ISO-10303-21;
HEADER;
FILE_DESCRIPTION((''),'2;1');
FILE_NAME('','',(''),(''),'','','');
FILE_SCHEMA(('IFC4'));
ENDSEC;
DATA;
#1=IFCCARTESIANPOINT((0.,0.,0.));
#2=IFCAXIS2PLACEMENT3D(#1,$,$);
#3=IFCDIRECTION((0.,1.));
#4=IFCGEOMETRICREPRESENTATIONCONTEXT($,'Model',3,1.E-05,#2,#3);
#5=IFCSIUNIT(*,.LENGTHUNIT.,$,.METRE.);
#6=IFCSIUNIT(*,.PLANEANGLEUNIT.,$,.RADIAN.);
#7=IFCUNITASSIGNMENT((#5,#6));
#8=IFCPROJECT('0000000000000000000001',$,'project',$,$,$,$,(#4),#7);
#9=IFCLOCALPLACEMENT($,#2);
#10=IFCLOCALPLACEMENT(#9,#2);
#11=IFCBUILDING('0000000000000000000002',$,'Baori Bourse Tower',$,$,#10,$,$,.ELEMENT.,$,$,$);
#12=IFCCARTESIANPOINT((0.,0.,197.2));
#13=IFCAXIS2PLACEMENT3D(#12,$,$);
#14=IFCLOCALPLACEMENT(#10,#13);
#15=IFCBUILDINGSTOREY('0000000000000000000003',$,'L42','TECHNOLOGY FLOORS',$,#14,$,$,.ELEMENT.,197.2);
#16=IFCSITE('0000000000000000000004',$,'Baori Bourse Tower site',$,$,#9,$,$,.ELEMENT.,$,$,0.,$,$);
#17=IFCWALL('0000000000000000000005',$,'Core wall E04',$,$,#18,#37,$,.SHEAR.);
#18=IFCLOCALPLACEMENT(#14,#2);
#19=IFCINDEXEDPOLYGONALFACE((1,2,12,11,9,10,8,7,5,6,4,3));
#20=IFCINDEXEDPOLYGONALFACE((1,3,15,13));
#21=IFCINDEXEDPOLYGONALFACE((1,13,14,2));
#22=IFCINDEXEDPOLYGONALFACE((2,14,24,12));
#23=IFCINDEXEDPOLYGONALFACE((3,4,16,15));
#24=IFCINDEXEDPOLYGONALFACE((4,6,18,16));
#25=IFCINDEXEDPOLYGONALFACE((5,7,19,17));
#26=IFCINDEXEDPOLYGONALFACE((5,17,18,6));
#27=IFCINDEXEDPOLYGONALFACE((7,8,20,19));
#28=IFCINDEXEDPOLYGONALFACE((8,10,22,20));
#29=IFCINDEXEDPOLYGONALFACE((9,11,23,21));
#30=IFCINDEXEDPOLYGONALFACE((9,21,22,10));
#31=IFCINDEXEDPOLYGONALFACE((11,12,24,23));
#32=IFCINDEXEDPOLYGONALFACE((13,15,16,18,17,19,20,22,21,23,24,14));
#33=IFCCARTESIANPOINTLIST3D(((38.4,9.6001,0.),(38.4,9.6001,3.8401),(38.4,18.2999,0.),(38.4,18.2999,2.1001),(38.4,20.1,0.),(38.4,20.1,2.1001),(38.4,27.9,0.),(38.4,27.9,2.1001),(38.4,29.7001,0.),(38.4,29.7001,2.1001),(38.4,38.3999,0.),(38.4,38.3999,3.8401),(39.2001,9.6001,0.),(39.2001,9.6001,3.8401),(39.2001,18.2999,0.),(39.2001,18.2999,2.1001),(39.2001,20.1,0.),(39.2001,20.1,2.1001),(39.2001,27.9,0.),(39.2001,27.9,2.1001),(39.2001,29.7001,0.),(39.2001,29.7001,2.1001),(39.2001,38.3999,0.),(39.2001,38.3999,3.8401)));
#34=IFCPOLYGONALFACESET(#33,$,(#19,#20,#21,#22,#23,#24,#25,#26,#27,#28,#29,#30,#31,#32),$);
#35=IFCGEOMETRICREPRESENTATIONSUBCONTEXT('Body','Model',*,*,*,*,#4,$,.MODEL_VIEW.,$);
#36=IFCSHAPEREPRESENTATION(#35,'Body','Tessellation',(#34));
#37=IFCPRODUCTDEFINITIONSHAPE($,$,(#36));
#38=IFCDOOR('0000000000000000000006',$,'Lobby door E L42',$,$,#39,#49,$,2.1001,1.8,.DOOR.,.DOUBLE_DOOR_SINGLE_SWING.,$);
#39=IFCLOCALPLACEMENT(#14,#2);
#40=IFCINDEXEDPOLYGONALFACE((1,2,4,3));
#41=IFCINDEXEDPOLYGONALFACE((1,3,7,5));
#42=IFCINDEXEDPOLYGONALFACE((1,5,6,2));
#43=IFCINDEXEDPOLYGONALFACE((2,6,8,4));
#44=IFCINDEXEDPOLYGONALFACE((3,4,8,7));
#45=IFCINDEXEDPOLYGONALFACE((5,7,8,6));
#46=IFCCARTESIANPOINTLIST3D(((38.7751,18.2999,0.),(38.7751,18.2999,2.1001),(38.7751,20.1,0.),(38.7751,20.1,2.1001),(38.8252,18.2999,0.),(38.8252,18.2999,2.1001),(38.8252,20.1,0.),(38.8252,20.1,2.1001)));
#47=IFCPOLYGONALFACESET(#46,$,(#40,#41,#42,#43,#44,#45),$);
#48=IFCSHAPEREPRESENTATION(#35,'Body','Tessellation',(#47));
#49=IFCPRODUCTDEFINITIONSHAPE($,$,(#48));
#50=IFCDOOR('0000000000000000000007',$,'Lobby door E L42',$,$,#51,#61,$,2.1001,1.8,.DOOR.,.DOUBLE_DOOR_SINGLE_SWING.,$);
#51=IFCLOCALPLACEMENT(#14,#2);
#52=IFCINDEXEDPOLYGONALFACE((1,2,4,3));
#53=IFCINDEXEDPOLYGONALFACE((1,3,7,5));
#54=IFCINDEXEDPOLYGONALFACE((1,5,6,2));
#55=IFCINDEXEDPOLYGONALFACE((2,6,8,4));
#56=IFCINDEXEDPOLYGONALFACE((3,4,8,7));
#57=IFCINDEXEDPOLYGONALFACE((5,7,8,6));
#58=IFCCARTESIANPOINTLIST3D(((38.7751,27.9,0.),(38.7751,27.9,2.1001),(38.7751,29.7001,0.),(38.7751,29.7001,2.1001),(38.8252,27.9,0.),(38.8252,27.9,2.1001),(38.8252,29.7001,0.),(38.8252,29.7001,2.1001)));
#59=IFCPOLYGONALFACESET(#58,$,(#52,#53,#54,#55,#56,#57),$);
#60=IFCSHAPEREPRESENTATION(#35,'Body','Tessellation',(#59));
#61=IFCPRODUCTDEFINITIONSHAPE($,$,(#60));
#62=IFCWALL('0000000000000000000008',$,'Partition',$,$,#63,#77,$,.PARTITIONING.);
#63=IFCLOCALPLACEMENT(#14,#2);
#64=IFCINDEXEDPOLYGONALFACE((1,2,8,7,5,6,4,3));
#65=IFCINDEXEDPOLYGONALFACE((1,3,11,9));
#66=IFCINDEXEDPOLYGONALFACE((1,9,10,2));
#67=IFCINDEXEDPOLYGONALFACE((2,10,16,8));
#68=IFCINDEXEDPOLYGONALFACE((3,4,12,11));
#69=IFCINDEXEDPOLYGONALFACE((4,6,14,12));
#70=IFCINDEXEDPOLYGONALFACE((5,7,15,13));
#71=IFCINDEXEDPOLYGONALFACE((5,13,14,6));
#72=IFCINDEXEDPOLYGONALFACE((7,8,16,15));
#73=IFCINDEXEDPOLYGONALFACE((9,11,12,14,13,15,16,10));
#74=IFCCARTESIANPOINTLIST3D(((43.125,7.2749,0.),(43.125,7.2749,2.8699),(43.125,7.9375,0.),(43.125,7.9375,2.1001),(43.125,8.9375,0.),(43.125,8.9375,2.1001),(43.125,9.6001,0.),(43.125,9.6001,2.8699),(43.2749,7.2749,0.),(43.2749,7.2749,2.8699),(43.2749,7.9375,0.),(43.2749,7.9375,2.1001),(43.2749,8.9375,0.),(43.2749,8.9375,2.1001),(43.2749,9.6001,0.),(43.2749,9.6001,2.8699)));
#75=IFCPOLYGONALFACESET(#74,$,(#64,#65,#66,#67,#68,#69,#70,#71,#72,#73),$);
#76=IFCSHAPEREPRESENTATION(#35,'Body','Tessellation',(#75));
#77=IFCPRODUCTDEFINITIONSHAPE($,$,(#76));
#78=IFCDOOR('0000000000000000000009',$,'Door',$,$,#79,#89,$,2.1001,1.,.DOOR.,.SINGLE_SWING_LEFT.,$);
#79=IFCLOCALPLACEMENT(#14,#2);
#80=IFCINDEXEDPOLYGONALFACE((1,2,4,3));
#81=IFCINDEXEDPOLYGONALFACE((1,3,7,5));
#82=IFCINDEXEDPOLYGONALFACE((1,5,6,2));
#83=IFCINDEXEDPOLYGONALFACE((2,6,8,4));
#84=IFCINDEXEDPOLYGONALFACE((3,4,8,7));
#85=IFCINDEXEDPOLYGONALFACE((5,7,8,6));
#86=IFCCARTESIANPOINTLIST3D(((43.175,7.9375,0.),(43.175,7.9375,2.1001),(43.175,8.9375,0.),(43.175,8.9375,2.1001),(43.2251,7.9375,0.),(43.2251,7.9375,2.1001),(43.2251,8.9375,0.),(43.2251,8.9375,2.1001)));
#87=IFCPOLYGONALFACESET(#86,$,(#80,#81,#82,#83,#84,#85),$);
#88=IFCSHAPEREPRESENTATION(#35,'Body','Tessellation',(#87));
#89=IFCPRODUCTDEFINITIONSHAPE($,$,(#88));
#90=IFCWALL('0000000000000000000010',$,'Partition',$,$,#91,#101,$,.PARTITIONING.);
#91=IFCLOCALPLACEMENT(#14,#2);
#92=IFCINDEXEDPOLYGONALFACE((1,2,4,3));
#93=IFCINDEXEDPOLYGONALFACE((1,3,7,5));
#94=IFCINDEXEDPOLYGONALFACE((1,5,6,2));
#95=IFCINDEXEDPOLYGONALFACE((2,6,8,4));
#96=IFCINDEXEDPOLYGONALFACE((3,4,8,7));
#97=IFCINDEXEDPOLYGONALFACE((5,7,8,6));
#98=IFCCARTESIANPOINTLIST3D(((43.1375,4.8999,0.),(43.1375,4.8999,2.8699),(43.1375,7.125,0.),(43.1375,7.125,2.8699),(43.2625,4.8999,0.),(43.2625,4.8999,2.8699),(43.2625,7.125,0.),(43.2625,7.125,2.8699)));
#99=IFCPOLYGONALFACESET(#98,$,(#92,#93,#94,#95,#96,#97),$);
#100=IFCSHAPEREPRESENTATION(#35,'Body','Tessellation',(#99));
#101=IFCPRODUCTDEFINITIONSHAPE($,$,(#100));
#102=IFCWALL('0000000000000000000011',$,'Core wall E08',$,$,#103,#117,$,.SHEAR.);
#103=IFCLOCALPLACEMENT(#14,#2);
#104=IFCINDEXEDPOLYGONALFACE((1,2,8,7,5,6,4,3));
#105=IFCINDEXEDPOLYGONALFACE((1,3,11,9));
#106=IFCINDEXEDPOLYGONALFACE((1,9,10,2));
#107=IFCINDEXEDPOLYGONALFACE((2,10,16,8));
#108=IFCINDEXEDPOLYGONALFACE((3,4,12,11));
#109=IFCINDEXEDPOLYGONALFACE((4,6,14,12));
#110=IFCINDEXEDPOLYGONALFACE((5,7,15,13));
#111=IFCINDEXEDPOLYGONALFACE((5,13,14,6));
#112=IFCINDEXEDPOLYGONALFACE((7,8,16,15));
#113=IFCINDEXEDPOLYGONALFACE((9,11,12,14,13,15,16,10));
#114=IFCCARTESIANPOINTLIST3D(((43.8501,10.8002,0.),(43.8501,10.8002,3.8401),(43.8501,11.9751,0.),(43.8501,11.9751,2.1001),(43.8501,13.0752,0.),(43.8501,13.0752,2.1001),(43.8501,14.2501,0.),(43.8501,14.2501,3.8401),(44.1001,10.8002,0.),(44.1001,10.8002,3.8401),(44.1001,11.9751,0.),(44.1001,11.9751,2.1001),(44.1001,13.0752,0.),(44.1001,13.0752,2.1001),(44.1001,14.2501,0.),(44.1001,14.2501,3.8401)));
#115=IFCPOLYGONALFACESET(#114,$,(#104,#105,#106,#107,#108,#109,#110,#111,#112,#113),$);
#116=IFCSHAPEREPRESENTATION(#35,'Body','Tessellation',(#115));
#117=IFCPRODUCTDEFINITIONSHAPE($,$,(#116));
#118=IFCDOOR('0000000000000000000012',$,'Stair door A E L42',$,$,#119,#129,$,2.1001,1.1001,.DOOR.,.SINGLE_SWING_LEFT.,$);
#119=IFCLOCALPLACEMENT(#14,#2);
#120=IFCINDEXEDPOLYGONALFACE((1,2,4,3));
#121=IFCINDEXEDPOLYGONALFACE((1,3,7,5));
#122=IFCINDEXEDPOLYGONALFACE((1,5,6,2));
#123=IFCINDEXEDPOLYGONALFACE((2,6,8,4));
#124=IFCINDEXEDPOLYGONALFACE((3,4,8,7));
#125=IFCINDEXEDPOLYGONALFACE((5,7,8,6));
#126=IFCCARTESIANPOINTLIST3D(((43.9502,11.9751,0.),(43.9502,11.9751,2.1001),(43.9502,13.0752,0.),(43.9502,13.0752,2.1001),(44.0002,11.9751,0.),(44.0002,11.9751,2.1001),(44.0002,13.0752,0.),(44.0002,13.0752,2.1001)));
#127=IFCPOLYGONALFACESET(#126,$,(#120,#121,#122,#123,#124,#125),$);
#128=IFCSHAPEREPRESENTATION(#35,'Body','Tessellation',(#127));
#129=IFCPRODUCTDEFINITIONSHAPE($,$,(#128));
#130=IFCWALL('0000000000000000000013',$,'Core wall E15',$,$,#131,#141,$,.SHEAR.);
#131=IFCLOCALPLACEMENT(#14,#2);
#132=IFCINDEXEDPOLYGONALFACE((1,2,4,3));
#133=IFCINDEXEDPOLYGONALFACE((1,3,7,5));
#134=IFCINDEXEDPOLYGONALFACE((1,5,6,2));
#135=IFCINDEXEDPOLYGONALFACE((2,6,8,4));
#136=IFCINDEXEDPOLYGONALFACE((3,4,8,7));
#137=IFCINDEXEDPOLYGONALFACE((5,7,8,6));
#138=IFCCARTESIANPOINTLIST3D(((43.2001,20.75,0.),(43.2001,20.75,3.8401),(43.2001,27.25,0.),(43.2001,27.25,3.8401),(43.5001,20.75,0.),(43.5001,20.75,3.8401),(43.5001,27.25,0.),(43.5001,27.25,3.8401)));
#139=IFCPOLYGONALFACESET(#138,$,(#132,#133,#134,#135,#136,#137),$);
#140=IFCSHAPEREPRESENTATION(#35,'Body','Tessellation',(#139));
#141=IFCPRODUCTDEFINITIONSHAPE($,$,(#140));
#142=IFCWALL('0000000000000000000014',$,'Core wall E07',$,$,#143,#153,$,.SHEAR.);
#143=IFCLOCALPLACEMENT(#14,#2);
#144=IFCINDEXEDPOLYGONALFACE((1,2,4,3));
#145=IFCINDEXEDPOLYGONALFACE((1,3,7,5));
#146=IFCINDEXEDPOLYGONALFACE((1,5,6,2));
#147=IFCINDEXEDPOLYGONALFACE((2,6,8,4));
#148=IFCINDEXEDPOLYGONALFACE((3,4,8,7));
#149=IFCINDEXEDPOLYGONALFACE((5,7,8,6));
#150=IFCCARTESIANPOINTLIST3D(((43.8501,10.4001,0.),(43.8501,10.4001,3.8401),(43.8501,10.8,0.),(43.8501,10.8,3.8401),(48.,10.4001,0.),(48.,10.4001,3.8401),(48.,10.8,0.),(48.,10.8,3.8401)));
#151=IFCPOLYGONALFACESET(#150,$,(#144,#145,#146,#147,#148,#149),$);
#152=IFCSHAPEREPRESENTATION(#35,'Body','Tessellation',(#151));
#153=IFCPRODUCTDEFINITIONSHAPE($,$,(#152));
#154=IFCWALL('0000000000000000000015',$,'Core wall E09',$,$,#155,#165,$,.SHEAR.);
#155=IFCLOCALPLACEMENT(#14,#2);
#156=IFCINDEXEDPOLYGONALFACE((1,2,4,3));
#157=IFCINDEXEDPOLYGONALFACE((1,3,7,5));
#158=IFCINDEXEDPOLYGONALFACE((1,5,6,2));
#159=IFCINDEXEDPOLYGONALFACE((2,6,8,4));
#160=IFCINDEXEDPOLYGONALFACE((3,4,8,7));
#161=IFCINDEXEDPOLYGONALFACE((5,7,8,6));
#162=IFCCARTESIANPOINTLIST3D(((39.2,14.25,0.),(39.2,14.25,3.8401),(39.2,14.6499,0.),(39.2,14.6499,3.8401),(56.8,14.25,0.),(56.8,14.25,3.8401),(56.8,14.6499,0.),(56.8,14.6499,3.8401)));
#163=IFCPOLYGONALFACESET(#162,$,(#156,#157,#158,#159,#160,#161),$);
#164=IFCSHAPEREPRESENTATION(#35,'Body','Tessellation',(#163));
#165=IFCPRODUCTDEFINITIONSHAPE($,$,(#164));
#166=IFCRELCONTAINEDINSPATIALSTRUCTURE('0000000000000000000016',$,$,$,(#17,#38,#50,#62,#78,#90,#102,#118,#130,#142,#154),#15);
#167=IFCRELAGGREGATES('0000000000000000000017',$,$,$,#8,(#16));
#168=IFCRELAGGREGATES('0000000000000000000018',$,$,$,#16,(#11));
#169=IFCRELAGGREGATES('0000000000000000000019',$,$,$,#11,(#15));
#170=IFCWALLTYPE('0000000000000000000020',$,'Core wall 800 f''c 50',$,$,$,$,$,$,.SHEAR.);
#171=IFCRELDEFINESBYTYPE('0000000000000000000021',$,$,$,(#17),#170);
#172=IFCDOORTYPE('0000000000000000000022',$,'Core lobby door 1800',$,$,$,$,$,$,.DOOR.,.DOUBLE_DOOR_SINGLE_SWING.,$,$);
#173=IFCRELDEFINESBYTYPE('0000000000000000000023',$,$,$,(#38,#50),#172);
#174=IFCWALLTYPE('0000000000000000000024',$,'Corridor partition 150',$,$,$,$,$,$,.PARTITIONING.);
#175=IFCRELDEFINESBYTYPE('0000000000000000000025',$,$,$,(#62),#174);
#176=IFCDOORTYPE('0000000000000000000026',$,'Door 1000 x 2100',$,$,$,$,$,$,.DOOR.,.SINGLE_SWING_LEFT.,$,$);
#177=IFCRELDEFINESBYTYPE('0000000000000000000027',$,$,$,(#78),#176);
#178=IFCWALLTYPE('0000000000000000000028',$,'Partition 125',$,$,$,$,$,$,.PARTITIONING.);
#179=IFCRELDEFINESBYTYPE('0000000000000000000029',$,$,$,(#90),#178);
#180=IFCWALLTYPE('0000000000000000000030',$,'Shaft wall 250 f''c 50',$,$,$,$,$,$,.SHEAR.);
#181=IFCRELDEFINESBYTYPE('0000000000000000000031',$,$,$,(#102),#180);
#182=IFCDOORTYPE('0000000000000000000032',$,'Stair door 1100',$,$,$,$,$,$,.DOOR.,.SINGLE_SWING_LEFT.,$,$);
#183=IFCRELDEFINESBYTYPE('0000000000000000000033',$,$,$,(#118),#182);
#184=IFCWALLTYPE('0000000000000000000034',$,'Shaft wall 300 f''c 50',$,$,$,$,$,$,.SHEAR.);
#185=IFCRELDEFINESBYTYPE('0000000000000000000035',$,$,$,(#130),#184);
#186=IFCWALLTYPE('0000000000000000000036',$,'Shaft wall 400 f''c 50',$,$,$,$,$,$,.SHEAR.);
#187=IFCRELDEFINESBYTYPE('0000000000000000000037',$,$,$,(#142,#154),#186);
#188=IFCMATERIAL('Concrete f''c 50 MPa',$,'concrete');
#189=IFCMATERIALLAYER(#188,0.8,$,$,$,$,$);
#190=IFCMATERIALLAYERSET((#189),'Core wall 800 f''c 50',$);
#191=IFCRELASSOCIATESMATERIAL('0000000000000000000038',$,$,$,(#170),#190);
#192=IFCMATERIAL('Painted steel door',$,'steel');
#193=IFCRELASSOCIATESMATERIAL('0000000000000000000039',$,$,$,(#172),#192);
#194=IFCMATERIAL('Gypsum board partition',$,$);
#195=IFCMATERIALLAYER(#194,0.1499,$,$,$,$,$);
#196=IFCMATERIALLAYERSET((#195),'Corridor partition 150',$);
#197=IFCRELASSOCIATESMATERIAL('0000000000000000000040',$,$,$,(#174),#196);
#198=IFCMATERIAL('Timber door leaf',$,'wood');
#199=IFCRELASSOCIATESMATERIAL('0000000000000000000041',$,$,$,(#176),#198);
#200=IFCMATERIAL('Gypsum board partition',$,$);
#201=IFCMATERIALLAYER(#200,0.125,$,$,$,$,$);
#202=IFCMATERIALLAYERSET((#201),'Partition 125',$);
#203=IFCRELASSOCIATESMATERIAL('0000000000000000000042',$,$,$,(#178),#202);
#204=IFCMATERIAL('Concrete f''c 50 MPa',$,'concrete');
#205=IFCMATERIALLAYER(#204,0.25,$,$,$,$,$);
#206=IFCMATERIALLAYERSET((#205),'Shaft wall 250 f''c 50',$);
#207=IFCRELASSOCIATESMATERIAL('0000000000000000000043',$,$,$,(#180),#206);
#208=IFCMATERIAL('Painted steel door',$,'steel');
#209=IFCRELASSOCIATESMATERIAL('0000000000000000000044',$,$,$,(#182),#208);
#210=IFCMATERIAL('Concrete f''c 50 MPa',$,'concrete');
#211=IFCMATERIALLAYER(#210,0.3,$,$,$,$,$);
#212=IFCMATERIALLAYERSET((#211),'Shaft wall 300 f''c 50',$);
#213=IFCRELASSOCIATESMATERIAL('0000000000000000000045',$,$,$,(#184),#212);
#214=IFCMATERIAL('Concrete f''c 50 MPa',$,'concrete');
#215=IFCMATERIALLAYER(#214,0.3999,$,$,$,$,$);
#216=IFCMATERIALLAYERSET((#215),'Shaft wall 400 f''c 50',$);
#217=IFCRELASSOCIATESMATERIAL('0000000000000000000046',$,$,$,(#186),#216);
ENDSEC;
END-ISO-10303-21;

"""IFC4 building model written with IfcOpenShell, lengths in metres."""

from ifc_helpers import new_model, si_unit, direction, frame, frame_2d, origin, place, context, subcontext, project, spatial, rectangle, extrude, material, layer, layer_set, type_object, element, fill, save


model = new_model("IFC4")

# Units and contexts
model_context = context("Model", 3, precision=1e-05, world=origin(), true_north=direction((0.0, 1.0)))
body_context = subcontext(model_context, "Body", "Model", "MODEL_VIEW")
ifc_project = project(units=[si_unit("LENGTHUNIT", "METRE"), si_unit("PLANEANGLEUNIT", "RADIAN")], contexts=[model_context])

# Site, building, storey
site_placement = place(None, origin())
site = spatial("IfcSite", under=ifc_project, at=site_placement, Name="Baori Bourse Tower site", CompositionType="ELEMENT", RefElevation=0.0)
building_placement = place(site_placement, origin())
building = spatial("IfcBuilding", under=site, at=building_placement, Name="Baori Bourse Tower", CompositionType="ELEMENT")
storey_placement = place(building_placement, frame((0.0, 0.0, 197.2)))
storey = spatial("IfcBuildingStorey", under=building, at=storey_placement, Name="L42", Description="TECHNOLOGY FLOORS", CompositionType="ELEMENT", Elevation=197.2)

# Wall, openings, doors
ifc_material_1 = material(Name="Concrete f'c 50 MPa", Category="concrete")
ifc_layer_1 = layer(ifc_material_1, 0.8)
ifc_layer_set_1 = layer_set([ifc_layer_1], Name="Core wall 800 f'c 50")
wall_type_1 = type_object("IfcWallType", Name="Core wall 800 f'c 50", PredefinedType="SHEAR", material=ifc_layer_set_1)
wall_1_placement = place(storey_placement, frame((38.8, 9.6001, 0.0), z_axis=(0.0, 0.0, 1.0), x_axis=(0.0, 1.0, 0.0)))
wall_1 = element("IfcWall", 1, at=wall_1_placement, inside=storey, type_object=wall_type_1, Name="Core wall E04", PredefinedType="SHEAR", context=body_context, shape_type="SweptSolid", body=[
    extrude(rectangle(XDim=28.7998, YDim=0.8, at=frame_2d((14.3999, 0.0))), origin(), (0.0, 0.0, 1.0), 3.8401),
])
opening_1_placement = place(wall_1_placement, frame((8.7, 0.0, 0.0)))
opening_1 = element("IfcOpeningElement", 2, at=opening_1_placement, cuts=wall_1, PredefinedType="OPENING", context=body_context, shape_type="SweptSolid", body=[
    extrude(rectangle(XDim=1.8, YDim=2.1001, at=frame_2d((0.8999, 1.05))), frame((0.0, 0.4099, 0.0), z_axis=(0.0, -1.0, 0.0), x_axis=(1.0, 0.0, 0.0)), (0.0, 0.0, 1.0), 0.8201),
])
opening_2_placement = place(wall_1_placement, frame((18.3, 0.0, 0.0)))
opening_2 = element("IfcOpeningElement", 3, at=opening_2_placement, cuts=wall_1, PredefinedType="OPENING", context=body_context, shape_type="SweptSolid", body=[
    extrude(rectangle(XDim=1.8, YDim=2.1001, at=frame_2d((0.8999, 1.05))), frame((0.0, 0.4099, 0.0), z_axis=(0.0, -1.0, 0.0), x_axis=(1.0, 0.0, 0.0)), (0.0, 0.0, 1.0), 0.8201),
])
ifc_material_2 = material(Name="Painted steel door", Category="steel")
door_type_1 = type_object("IfcDoorType", Name="Core lobby door 1800", OperationType="DOUBLE_DOOR_SINGLE_SWING", PredefinedType="DOOR", material=ifc_material_2)
door_1_placement = place(opening_1_placement, origin())
door_1 = element("IfcDoor", 4, at=door_1_placement, inside=storey, type_object=door_type_1, Name="Lobby door E L42", OperationType="DOUBLE_DOOR_SINGLE_SWING", OverallHeight=2.1001, OverallWidth=1.8, PredefinedType="DOOR", context=body_context, shape_type="SweptSolid", body=[
    extrude(rectangle(XDim=1.8, YDim=2.1001, at=frame_2d((0.8999, 1.05))), frame((0.0, 0.0249, 0.0), z_axis=(0.0, -1.0, 0.0), x_axis=(1.0, 0.0, 0.0)), (0.0, 0.0, 1.0), 0.05),
])
fill(opening_1, door_1)
door_2_placement = place(opening_2_placement, origin())
door_2 = element("IfcDoor", 5, at=door_2_placement, inside=storey, type_object=door_type_1, Name="Lobby door E L42", OperationType="DOUBLE_DOOR_SINGLE_SWING", OverallHeight=2.1001, OverallWidth=1.8, PredefinedType="DOOR", context=body_context, shape_type="SweptSolid", body=[
    extrude(rectangle(XDim=1.8, YDim=2.1001, at=frame_2d((0.8999, 1.05))), frame((0.0, 0.0249, 0.0), z_axis=(0.0, -1.0, 0.0), x_axis=(1.0, 0.0, 0.0)), (0.0, 0.0, 1.0), 0.05),
])
fill(opening_2, door_2)

# Wall, opening, door
ifc_material_3 = material(Name="Gypsum board partition")
ifc_layer_2 = layer(ifc_material_3, 0.1499)
ifc_layer_set_2 = layer_set([ifc_layer_2], Name="Corridor partition 150")
wall_type_2 = type_object("IfcWallType", Name="Corridor partition 150", PredefinedType="PARTITIONING", material=ifc_layer_set_2)
wall_2_placement = place(storey_placement, frame((43.2, 7.2749, 0.0), z_axis=(0.0, 0.0, 1.0), x_axis=(0.0, 1.0, 0.0)))
wall_2 = element("IfcWall", 6, at=wall_2_placement, inside=storey, type_object=wall_type_2, Name="Partition", PredefinedType="PARTITIONING", context=body_context, shape_type="SweptSolid", body=[
    extrude(rectangle(XDim=2.3252, YDim=0.1499, at=frame_2d((1.1626, 0.0))), origin(), (0.0, 0.0, 1.0), 2.8699),
])
opening_3_placement = place(wall_2_placement, frame((0.6626, 0.0, 0.0)))
opening_3 = element("IfcOpeningElement", 7, at=opening_3_placement, cuts=wall_2, PredefinedType="OPENING", context=body_context, shape_type="SweptSolid", body=[
    extrude(rectangle(XDim=1.0, YDim=2.1001, at=frame_2d((0.5, 1.05))), frame((0.0, 0.085, 0.0), z_axis=(0.0, -1.0, 0.0), x_axis=(1.0, 0.0, 0.0)), (0.0, 0.0, 1.0), 0.1699),
])
ifc_material_4 = material(Name="Timber door leaf", Category="wood")
door_type_2 = type_object("IfcDoorType", Name="Door 1000 x 2100", OperationType="SINGLE_SWING_LEFT", PredefinedType="DOOR", material=ifc_material_4)
door_3_placement = place(opening_3_placement, origin())
door_3 = element("IfcDoor", 8, at=door_3_placement, inside=storey, type_object=door_type_2, Name="Door", OperationType="SINGLE_SWING_LEFT", OverallHeight=2.1001, OverallWidth=1.0, PredefinedType="DOOR", context=body_context, shape_type="SweptSolid", body=[
    extrude(rectangle(XDim=1.0, YDim=2.1001, at=frame_2d((0.5, 1.05))), frame((0.0, 0.0249, 0.0), z_axis=(0.0, -1.0, 0.0), x_axis=(1.0, 0.0, 0.0)), (0.0, 0.0, 1.0), 0.05),
])
fill(opening_3, door_3)

# Wall
ifc_material_5 = material(Name="Gypsum board partition")
ifc_layer_3 = layer(ifc_material_5, 0.125)
ifc_layer_set_3 = layer_set([ifc_layer_3], Name="Partition 125")
wall_type_3 = type_object("IfcWallType", Name="Partition 125", PredefinedType="PARTITIONING", material=ifc_layer_set_3)
wall_3_placement = place(storey_placement, frame((43.2, 4.8999, 0.0), z_axis=(0.0, 0.0, 1.0), x_axis=(0.0, 1.0, 0.0)))
element("IfcWall", 9, at=wall_3_placement, inside=storey, type_object=wall_type_3, Name="Partition", PredefinedType="PARTITIONING", context=body_context, shape_type="SweptSolid", body=[
    extrude(rectangle(XDim=2.2251, YDim=0.125, at=frame_2d((1.1125, 0.0))), origin(), (0.0, 0.0, 1.0), 2.8699),
])

# Wall, opening, door
ifc_material_6 = material(Name="Concrete f'c 50 MPa", Category="concrete")
ifc_layer_4 = layer(ifc_material_6, 0.25)
ifc_layer_set_4 = layer_set([ifc_layer_4], Name="Shaft wall 250 f'c 50")
wall_type_4 = type_object("IfcWallType", Name="Shaft wall 250 f'c 50", PredefinedType="SHEAR", material=ifc_layer_set_4)
wall_4_placement = place(storey_placement, frame((43.9751, 10.8, 0.0), z_axis=(0.0, 0.0, 1.0), x_axis=(0.0, 1.0, 0.0)))
wall_4 = element("IfcWall", 10, at=wall_4_placement, inside=storey, type_object=wall_type_4, Name="Core wall E08", PredefinedType="SHEAR", context=body_context, shape_type="SweptSolid", body=[
    extrude(rectangle(XDim=3.45, YDim=0.25, at=frame_2d((1.7251, 0.0))), origin(), (0.0, 0.0, 1.0), 3.8401),
])
opening_4_placement = place(wall_4_placement, frame((1.175, 0.0, 0.0)))
opening_4 = element("IfcOpeningElement", 11, at=opening_4_placement, cuts=wall_4, PredefinedType="OPENING", context=body_context, shape_type="SweptSolid", body=[
    extrude(rectangle(XDim=1.1001, YDim=2.1001, at=frame_2d((0.55, 1.05))), frame((0.0, 0.135, 0.0), z_axis=(0.0, -1.0, 0.0), x_axis=(1.0, 0.0, 0.0)), (0.0, 0.0, 1.0), 0.27),
])
ifc_material_7 = material(Name="Painted steel door", Category="steel")
door_type_3 = type_object("IfcDoorType", Name="Stair door 1100", OperationType="SINGLE_SWING_LEFT", PredefinedType="DOOR", material=ifc_material_7)
door_4_placement = place(opening_4_placement, origin())
door_4 = element("IfcDoor", 12, at=door_4_placement, inside=storey, type_object=door_type_3, Name="Stair door A E L42", OperationType="SINGLE_SWING_LEFT", OverallHeight=2.1001, OverallWidth=1.1001, PredefinedType="DOOR", context=body_context, shape_type="SweptSolid", body=[
    extrude(rectangle(XDim=1.1001, YDim=2.1001, at=frame_2d((0.55, 1.05))), frame((0.0, 0.0249, 0.0), z_axis=(0.0, -1.0, 0.0), x_axis=(1.0, 0.0, 0.0)), (0.0, 0.0, 1.0), 0.05),
])
fill(opening_4, door_4)

# Walls
ifc_material_8 = material(Name="Concrete f'c 50 MPa", Category="concrete")
ifc_layer_5 = layer(ifc_material_8, 0.3)
ifc_layer_set_5 = layer_set([ifc_layer_5], Name="Shaft wall 300 f'c 50")
wall_type_5 = type_object("IfcWallType", Name="Shaft wall 300 f'c 50", PredefinedType="SHEAR", material=ifc_layer_set_5)
wall_5_placement = place(storey_placement, frame((43.3501, 20.75, 0.0), z_axis=(0.0, 0.0, 1.0), x_axis=(0.0, 1.0, 0.0)))
element("IfcWall", 13, at=wall_5_placement, inside=storey, type_object=wall_type_5, Name="Core wall E15", PredefinedType="SHEAR", context=body_context, shape_type="SweptSolid", body=[
    extrude(rectangle(XDim=6.5, YDim=0.3, at=frame_2d((3.25, 0.0))), origin(), (0.0, 0.0, 1.0), 3.8401),
])
ifc_material_9 = material(Name="Concrete f'c 50 MPa", Category="concrete")
ifc_layer_6 = layer(ifc_material_9, 0.3999)
ifc_layer_set_6 = layer_set([ifc_layer_6], Name="Shaft wall 400 f'c 50")
wall_type_6 = type_object("IfcWallType", Name="Shaft wall 400 f'c 50", PredefinedType="SHEAR", material=ifc_layer_set_6)
wall_6_placement = place(storey_placement, frame((43.8501, 10.6001, 0.0), z_axis=(0.0, 0.0, 1.0), x_axis=(1.0, 0.0, 0.0)))
element("IfcWall", 14, at=wall_6_placement, inside=storey, type_object=wall_type_6, Name="Core wall E07", PredefinedType="SHEAR", context=body_context, shape_type="SweptSolid", body=[
    extrude(rectangle(XDim=4.1499, YDim=0.3999, at=frame_2d((2.075, 0.0))), origin(), (0.0, 0.0, 1.0), 3.8401),
])
wall_7_placement = place(storey_placement, frame((39.2, 14.45, 0.0), z_axis=(0.0, 0.0, 1.0), x_axis=(1.0, 0.0, 0.0)))
element("IfcWall", 15, at=wall_7_placement, inside=storey, type_object=wall_type_6, Name="Core wall E09", PredefinedType="SHEAR", context=body_context, shape_type="SweptSolid", body=[
    extrude(rectangle(XDim=17.6001, YDim=0.3999, at=frame_2d((8.8, 0.0))), origin(), (0.0, 0.0, 1.0), 3.8401),
])

save(model, "model.ifc")
